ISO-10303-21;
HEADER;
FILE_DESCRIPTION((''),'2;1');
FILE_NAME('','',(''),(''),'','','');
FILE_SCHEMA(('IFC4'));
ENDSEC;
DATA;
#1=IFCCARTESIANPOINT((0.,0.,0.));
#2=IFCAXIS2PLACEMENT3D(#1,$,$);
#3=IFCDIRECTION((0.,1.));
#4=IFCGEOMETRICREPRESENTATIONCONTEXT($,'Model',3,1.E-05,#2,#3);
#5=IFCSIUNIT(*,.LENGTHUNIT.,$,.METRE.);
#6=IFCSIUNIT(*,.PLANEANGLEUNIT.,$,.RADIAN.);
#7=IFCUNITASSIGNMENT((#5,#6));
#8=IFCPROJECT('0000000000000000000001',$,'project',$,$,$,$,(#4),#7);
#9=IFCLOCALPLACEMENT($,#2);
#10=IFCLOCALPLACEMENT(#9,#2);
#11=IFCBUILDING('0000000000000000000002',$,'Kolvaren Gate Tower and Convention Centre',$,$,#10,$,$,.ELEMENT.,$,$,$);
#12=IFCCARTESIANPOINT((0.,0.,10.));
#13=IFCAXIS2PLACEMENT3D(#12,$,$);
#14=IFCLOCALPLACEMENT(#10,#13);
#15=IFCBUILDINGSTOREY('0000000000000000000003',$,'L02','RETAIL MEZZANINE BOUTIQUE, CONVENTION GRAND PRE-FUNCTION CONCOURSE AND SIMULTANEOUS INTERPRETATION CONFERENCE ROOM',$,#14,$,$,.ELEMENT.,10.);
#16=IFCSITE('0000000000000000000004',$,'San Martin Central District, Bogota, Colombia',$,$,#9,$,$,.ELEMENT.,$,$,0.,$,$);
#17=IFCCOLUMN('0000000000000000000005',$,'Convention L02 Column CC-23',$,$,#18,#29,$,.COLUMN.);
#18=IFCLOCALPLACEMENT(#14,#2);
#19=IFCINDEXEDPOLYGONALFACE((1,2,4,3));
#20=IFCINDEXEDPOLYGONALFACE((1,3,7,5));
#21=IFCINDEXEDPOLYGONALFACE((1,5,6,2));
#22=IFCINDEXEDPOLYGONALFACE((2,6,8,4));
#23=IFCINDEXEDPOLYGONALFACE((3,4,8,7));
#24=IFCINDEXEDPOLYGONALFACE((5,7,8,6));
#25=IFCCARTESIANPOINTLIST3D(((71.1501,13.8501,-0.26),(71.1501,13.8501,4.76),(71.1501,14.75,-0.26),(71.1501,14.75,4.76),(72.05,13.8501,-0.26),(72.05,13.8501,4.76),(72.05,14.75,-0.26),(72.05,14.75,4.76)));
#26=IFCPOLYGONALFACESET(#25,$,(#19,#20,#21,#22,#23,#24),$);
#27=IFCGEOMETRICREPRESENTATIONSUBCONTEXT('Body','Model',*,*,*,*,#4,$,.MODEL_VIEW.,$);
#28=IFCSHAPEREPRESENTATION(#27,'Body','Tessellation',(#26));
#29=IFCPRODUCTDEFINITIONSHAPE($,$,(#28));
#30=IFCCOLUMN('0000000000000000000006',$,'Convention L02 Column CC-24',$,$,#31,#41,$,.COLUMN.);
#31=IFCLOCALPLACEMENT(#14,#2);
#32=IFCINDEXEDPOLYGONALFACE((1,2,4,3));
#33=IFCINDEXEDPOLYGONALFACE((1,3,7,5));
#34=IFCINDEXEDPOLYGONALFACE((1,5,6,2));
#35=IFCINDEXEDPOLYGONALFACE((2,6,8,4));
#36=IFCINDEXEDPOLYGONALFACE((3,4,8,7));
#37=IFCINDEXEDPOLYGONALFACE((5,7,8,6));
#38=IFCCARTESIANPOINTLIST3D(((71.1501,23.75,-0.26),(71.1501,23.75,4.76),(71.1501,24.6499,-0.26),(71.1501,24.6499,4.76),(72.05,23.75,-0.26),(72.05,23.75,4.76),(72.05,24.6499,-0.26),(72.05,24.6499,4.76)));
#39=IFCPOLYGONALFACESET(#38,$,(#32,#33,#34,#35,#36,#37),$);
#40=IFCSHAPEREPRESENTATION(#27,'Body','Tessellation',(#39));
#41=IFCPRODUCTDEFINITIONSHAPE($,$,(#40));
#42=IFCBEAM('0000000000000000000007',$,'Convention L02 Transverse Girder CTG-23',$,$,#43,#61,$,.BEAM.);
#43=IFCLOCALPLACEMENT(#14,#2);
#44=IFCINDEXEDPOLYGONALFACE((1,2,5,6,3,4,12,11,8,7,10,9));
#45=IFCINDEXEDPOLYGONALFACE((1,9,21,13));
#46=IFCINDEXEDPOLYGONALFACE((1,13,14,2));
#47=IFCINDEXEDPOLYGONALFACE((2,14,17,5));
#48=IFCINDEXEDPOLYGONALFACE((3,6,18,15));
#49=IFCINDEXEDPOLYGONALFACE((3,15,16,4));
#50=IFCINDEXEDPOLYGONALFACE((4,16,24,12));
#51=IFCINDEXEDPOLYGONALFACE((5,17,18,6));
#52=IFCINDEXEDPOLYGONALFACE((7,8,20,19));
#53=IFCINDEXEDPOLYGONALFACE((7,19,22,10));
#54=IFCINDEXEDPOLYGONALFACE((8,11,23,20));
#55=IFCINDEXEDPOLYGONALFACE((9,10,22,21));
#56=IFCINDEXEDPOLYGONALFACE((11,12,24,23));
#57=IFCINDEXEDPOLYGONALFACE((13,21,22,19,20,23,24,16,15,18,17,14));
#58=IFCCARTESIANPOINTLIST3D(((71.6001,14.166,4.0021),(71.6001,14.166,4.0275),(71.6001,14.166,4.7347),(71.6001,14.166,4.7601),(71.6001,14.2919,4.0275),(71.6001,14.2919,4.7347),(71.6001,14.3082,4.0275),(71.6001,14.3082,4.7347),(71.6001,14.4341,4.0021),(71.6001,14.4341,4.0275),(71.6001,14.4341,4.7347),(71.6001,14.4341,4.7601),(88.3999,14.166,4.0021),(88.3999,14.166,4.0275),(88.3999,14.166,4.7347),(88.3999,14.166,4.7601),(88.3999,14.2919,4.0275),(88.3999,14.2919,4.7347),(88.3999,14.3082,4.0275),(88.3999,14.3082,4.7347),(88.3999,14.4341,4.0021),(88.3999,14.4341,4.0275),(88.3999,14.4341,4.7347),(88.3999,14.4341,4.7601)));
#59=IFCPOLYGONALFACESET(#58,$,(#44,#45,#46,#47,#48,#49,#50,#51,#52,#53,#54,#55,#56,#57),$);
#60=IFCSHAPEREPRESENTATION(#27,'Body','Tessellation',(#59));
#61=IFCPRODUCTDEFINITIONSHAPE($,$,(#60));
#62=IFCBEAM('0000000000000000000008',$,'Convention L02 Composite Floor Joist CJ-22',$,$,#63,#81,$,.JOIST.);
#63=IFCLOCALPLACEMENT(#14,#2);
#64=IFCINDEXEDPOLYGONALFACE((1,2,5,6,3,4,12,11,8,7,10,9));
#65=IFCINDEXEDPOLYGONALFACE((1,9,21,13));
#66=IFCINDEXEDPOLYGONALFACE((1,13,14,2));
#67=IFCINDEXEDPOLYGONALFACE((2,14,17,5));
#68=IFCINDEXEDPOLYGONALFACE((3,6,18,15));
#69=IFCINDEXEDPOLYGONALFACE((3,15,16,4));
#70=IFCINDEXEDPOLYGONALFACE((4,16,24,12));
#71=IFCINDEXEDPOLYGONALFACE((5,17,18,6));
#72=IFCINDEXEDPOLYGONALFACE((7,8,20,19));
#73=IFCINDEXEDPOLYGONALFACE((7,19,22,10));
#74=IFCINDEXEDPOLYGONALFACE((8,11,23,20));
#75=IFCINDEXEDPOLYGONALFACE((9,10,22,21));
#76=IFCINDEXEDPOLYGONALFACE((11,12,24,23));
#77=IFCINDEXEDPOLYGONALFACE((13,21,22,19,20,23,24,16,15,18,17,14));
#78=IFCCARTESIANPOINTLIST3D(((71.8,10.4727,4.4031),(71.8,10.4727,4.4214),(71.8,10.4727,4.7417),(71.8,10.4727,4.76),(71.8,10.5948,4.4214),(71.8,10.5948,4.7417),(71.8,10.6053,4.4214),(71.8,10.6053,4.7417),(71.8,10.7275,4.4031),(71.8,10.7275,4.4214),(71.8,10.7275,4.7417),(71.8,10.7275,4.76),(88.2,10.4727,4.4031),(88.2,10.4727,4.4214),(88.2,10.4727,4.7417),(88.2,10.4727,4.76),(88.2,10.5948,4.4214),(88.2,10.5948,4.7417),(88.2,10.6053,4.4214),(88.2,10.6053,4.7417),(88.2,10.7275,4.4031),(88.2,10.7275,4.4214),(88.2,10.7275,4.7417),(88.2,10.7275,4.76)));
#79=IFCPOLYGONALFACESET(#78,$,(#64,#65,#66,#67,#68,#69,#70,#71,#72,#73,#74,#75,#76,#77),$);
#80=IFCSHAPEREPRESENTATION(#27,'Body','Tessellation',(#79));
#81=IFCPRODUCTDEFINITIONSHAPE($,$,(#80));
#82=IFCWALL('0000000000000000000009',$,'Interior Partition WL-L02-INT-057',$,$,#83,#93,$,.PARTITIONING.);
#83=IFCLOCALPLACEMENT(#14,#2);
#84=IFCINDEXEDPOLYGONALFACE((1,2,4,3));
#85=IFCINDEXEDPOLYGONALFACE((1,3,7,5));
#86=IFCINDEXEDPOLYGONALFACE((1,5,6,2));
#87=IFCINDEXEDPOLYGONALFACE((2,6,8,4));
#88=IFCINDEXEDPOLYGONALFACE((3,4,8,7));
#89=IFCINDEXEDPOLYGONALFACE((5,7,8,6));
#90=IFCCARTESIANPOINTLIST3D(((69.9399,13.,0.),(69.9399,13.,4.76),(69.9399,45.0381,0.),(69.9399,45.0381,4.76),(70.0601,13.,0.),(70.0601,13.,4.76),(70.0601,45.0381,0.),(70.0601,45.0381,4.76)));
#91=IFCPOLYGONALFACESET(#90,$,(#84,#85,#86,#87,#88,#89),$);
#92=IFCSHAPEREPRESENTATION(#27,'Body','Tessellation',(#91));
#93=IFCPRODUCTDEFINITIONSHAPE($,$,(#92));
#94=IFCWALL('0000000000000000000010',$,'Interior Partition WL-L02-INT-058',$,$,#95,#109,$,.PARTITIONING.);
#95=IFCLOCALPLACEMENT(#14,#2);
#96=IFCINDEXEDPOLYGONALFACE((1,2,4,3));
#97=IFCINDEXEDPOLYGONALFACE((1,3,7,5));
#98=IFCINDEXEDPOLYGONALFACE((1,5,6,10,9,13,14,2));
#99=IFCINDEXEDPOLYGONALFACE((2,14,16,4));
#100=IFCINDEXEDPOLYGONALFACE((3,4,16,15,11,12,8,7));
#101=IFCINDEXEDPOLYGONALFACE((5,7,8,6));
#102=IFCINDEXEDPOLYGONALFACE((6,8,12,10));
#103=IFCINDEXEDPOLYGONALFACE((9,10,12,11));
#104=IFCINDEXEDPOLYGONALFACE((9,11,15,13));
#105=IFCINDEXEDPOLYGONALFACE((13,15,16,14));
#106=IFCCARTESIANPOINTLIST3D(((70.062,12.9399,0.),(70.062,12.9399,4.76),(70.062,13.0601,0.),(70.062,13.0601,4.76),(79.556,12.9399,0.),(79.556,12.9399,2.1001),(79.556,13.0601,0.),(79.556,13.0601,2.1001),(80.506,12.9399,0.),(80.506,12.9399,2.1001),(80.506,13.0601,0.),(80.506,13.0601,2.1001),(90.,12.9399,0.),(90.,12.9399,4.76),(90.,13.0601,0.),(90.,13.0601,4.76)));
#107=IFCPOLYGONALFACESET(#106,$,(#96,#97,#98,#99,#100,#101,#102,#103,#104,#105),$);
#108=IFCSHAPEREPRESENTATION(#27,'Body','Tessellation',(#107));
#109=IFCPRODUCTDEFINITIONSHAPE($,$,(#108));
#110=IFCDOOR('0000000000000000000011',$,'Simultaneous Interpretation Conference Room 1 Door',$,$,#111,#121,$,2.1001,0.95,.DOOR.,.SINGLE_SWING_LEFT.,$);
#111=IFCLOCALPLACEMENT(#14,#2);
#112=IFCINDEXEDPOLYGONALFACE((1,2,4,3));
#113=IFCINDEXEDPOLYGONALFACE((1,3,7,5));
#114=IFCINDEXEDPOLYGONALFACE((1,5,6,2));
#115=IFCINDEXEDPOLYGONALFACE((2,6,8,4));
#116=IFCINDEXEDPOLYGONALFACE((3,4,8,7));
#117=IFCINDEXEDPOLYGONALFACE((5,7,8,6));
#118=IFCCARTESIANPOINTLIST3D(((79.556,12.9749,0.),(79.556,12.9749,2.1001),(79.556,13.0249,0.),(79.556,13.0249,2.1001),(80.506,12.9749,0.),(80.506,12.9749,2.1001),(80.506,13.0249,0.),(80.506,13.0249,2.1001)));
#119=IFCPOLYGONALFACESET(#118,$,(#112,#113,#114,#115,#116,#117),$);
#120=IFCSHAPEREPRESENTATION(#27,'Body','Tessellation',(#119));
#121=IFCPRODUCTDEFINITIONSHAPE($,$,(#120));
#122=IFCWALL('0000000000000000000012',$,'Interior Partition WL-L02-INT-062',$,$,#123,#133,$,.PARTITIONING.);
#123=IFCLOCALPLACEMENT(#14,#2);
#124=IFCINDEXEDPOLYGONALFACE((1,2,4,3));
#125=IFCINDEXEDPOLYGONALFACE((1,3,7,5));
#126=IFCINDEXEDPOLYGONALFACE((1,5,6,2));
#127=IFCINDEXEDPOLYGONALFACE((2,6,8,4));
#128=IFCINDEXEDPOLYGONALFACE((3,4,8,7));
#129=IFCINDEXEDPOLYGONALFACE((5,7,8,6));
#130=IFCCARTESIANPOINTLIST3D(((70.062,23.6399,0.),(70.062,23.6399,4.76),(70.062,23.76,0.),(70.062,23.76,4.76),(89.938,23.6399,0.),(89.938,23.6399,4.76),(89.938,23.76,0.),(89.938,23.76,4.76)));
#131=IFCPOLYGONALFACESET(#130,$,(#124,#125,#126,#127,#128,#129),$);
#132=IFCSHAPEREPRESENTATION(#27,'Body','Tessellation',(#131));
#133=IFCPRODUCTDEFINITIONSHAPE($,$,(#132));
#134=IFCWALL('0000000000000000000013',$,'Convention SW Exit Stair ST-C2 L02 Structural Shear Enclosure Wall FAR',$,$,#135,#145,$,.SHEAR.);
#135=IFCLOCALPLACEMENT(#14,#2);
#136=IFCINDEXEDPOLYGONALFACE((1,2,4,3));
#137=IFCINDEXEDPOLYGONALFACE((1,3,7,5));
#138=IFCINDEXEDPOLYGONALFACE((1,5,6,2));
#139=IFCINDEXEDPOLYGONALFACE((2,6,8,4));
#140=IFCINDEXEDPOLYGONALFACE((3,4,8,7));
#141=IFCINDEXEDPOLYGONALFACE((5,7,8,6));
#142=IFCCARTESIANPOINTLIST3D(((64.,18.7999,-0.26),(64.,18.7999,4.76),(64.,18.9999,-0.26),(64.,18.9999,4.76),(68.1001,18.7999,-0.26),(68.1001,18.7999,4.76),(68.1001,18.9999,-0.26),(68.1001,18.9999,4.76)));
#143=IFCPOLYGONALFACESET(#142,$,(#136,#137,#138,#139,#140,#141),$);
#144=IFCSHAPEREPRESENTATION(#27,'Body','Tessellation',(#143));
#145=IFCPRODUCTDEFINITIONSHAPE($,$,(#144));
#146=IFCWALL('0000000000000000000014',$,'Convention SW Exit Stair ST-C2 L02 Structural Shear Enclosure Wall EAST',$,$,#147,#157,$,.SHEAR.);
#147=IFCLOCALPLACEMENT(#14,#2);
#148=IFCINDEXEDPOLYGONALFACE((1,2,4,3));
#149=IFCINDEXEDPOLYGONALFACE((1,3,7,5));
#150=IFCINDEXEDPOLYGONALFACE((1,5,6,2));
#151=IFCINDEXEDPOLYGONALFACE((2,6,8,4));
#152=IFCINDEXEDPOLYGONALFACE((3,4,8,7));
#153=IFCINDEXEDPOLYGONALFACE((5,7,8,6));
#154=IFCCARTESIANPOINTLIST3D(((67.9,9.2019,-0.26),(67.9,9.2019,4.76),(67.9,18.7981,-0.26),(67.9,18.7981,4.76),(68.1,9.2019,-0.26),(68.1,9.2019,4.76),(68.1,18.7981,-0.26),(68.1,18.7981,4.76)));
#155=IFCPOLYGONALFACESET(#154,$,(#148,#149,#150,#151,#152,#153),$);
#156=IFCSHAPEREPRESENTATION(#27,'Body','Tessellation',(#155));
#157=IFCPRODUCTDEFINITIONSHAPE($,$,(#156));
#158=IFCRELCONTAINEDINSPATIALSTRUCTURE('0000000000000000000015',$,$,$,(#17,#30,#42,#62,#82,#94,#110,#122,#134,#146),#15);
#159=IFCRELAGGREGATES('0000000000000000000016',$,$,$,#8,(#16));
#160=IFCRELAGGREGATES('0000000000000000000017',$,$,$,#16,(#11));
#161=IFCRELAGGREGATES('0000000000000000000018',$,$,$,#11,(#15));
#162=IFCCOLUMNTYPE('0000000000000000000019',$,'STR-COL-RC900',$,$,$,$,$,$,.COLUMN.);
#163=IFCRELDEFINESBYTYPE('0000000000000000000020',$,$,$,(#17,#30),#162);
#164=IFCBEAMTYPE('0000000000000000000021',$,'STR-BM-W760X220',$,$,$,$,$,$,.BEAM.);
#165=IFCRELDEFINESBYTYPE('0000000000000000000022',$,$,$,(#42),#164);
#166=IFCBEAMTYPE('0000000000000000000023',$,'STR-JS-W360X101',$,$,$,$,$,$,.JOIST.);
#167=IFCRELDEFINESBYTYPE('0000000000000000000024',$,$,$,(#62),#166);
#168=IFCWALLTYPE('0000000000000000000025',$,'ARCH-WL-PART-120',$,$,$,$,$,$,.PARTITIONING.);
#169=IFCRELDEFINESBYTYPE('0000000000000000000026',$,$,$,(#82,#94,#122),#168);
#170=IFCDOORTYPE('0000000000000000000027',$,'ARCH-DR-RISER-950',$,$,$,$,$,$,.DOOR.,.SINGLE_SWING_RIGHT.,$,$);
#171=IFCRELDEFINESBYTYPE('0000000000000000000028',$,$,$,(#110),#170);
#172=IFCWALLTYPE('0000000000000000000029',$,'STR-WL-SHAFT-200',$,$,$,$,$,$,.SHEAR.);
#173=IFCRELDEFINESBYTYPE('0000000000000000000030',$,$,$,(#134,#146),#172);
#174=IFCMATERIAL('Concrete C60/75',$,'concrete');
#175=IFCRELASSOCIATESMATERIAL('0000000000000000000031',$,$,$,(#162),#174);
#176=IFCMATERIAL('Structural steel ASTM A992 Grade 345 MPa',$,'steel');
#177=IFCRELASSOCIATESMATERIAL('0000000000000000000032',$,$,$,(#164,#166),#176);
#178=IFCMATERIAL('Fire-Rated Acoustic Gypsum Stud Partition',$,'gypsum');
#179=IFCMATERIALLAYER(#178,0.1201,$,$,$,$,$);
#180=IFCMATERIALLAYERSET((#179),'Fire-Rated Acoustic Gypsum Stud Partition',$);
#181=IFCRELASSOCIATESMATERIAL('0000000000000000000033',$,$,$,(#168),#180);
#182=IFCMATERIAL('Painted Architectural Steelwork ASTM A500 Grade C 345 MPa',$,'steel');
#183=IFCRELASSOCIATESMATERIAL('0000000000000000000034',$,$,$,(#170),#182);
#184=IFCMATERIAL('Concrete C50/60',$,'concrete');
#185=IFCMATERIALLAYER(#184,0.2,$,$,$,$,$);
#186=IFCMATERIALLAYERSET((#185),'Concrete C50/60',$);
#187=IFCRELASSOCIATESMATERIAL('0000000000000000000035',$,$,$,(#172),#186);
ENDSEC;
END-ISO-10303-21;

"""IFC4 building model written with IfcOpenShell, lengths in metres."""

from ifc_helpers import new_model, si_unit, direction, frame, frame_2d, origin, origin_2d, place, context, subcontext, project, spatial, rectangle, i_section, extrude, material, layer, layer_set, material_profile, profile_set, type_object, element, fill, save


model = new_model("IFC4")

# Units and contexts
model_context = context("Model", 3, precision=1e-05, world=origin(), true_north=direction((0.0, 1.0)))
body_context = subcontext(model_context, "Body", "Model", "MODEL_VIEW")
ifc_project = project(units=[si_unit("LENGTHUNIT", "METRE"), si_unit("PLANEANGLEUNIT", "RADIAN")], contexts=[model_context])

# Site, building, storey
site_placement = place(None, origin())
site = spatial("IfcSite", under=ifc_project, at=site_placement, Name="San Martin Central District, Bogota, Colombia", CompositionType="ELEMENT", RefElevation=0.0)
building_placement = place(site_placement, origin())
building = spatial("IfcBuilding", under=site, at=building_placement, Name="Kolvaren Gate Tower and Convention Centre", CompositionType="ELEMENT")
storey_placement = place(building_placement, frame((0.0, 0.0, 10.0)))
storey = spatial("IfcBuildingStorey", under=building, at=storey_placement, Name="L02", Description="RETAIL MEZZANINE BOUTIQUE, CONVENTION GRAND PRE-FUNCTION CONCOURSE AND SIMULTANEOUS INTERPRETATION CONFERENCE ROOM", CompositionType="ELEMENT", Elevation=10.0)

# Columns
ifc_material_1 = material(Name="Concrete C60/75", Category="concrete")
ifc_material_profile_1 = material_profile(ifc_material_1, rectangle(XDim=0.8999, YDim=0.8999, at=origin_2d()), Name="RC-COL-900X900")
ifc_profile_set_1 = profile_set([ifc_material_profile_1], Name="Concrete C60/75")
column_type = type_object("IfcColumnType", Name="STR-COL-RC900", PredefinedType="COLUMN", material=ifc_profile_set_1)
for number, where, z_axis, x_axis, name in (
    (1, (71.6001, 14.3, -0.26), (0.0, 0.0, 1.0), (1.0, 0.0, 0.0), "Convention L02 Column CC-23"),
    (2, (71.6001, 24.2, -0.26), (0.0, 0.0, 1.0), (1.0, 0.0, 0.0), "Convention L02 Column CC-24"),
):
    element("IfcColumn", number, at=place(storey_placement, frame(where, z_axis=z_axis, x_axis=x_axis)), inside=storey, type_object=column_type, Name=name, PredefinedType="COLUMN", context=body_context, shape_type="SweptSolid", body=[
        extrude(rectangle(XDim=0.8999, YDim=0.8999, at=origin_2d()), origin(), (0.0, 0.0, 1.0), 5.02),
    ])

# Beams
ifc_material_2 = material(Name="Structural steel ASTM A992 Grade 345 MPa", Category="steel")
ifc_material_profile_2 = material_profile(ifc_material_2, i_section(OverallWidth=0.2681, OverallDepth=0.7581, WebThickness=0.0164, FlangeThickness=0.0254, at=origin_2d()), Name="W760X220")
ifc_profile_set_2 = profile_set([ifc_material_profile_2], Name="Structural steel ASTM A992 Grade 345 MPa")
beam_type_1 = type_object("IfcBeamType", Name="STR-BM-W760X220", PredefinedType="BEAM", material=ifc_profile_set_2)
beam_1_placement = place(storey_placement, frame((71.6001, 14.3, 4.3811), z_axis=(1.0, 0.0, 0.0), x_axis=(0.0, 1.0, 0.0)))
element("IfcBeam", 3, at=beam_1_placement, inside=storey, type_object=beam_type_1, Name="Convention L02 Transverse Girder CTG-23", PredefinedType="BEAM", context=body_context, shape_type="SweptSolid", body=[
    extrude(i_section(OverallWidth=0.2681, OverallDepth=0.7581, WebThickness=0.0164, FlangeThickness=0.0254, at=origin_2d()), origin(), (0.0, 0.0, 1.0), 16.7998),
])
ifc_material_profile_3 = material_profile(ifc_material_2, i_section(OverallWidth=0.2549, OverallDepth=0.3569, WebThickness=0.0105, FlangeThickness=0.0183, at=origin_2d()), Name="W360X101")
ifc_profile_set_3 = profile_set([ifc_material_profile_3], Name="Structural steel ASTM A992 Grade 345 MPa")
beam_type_2 = type_object("IfcBeamType", Name="STR-JS-W360X101", PredefinedType="JOIST", material=ifc_profile_set_3)
beam_2_placement = place(storey_placement, frame((71.8, 10.6001, 4.5815), z_axis=(1.0, 0.0, 0.0), x_axis=(0.0, 1.0, 0.0)))
element("IfcBeam", 4, at=beam_2_placement, inside=storey, type_object=beam_type_2, Name="Convention L02 Composite Floor Joist CJ-22", PredefinedType="JOIST", context=body_context, shape_type="SweptSolid", body=[
    extrude(i_section(OverallWidth=0.2549, OverallDepth=0.3569, WebThickness=0.0105, FlangeThickness=0.0183, at=origin_2d()), origin(), (0.0, 0.0, 1.0), 16.3999),
])

# Wall
ifc_material_3 = material(Name="Fire-Rated Acoustic Gypsum Stud Partition", Category="gypsum")
ifc_layer_1 = layer(ifc_material_3, 0.1201)
ifc_layer_set_1 = layer_set([ifc_layer_1], Name="Fire-Rated Acoustic Gypsum Stud Partition")
wall_type_1 = type_object("IfcWallType", Name="ARCH-WL-PART-120", PredefinedType="PARTITIONING", material=ifc_layer_set_1)
wall_1_placement = place(storey_placement, frame((70.0, 13.0, 0.0), z_axis=(0.0, 0.0, 1.0), x_axis=(0.0, 1.0, 0.0)))
element("IfcWall", 5, at=wall_1_placement, inside=storey, type_object=wall_type_1, Name="Interior Partition WL-L02-INT-057", PredefinedType="PARTITIONING", context=body_context, shape_type="SweptSolid", body=[
    extrude(rectangle(XDim=32.0381, YDim=0.1201, at=frame_2d((16.019, 0.0))), origin(), (0.0, 0.0, 1.0), 4.76),
])

# Wall, opening, door
wall_2_placement = place(storey_placement, frame((70.062, 13.0, 0.0), z_axis=(0.0, 0.0, 1.0), x_axis=(1.0, 0.0, 0.0)))
wall_2 = element("IfcWall", 6, at=wall_2_placement, inside=storey, type_object=wall_type_1, Name="Interior Partition WL-L02-INT-058", PredefinedType="PARTITIONING", context=body_context, shape_type="SweptSolid", body=[
    extrude(rectangle(XDim=19.938, YDim=0.1201, at=frame_2d((9.969, 0.0))), origin(), (0.0, 0.0, 1.0), 4.76),
])
opening_1_placement = place(wall_2_placement, frame((9.4939, 0.0, 0.0)))
opening_1 = element("IfcOpeningElement", 7, at=opening_1_placement, cuts=wall_2, PredefinedType="OPENING", context=body_context, shape_type="SweptSolid", body=[
    extrude(rectangle(XDim=0.95, YDim=2.1001, at=frame_2d((0.4751, 1.05))), frame((0.0, 0.0701, 0.0), z_axis=(0.0, -1.0, 0.0), x_axis=(1.0, 0.0, 0.0)), (0.0, 0.0, 1.0), 0.1401),
])
ifc_material_4 = material(Name="Painted Architectural Steelwork ASTM A500 Grade C 345 MPa", Category="steel")
door_type_1 = type_object("IfcDoorType", Name="ARCH-DR-RISER-950", OperationType="SINGLE_SWING_RIGHT", PredefinedType="DOOR", material=ifc_material_4)
door_1_placement = place(opening_1_placement, origin())
door_1 = element("IfcDoor", 8, at=door_1_placement, inside=storey, type_object=door_type_1, Name="Simultaneous Interpretation Conference Room 1 Door", OperationType="SINGLE_SWING_LEFT", OverallHeight=2.1001, OverallWidth=0.95, PredefinedType="DOOR", context=body_context, shape_type="SweptSolid", body=[
    extrude(rectangle(XDim=0.95, YDim=2.1001, at=frame_2d((0.4751, 1.05))), frame((0.0, 0.0249, 0.0), z_axis=(0.0, -1.0, 0.0), x_axis=(1.0, 0.0, 0.0)), (0.0, 0.0, 1.0), 0.05),
])
fill(opening_1, door_1)

# Walls
wall_3_placement = place(storey_placement, frame((70.062, 23.7, 0.0), z_axis=(0.0, 0.0, 1.0), x_axis=(1.0, 0.0, 0.0)))
element("IfcWall", 9, at=wall_3_placement, inside=storey, type_object=wall_type_1, Name="Interior Partition WL-L02-INT-062", PredefinedType="PARTITIONING", context=body_context, shape_type="SweptSolid", body=[
    extrude(rectangle(XDim=19.876, YDim=0.1201, at=frame_2d((9.938, 0.0))), origin(), (0.0, 0.0, 1.0), 4.76),
])
ifc_material_5 = material(Name="Concrete C50/60", Category="concrete")
ifc_layer_2 = layer(ifc_material_5, 0.2)
ifc_layer_set_2 = layer_set([ifc_layer_2], Name="Concrete C50/60")
wall_type_2 = type_object("IfcWallType", Name="STR-WL-SHAFT-200", PredefinedType="SHEAR", material=ifc_layer_set_2)
wall_4_placement = place(storey_placement, frame((64.0, 18.8999, -0.26), z_axis=(0.0, 0.0, 1.0), x_axis=(1.0, 0.0, 0.0)))
element("IfcWall", 10, at=wall_4_placement, inside=storey, type_object=wall_type_2, Name="Convention SW Exit Stair ST-C2 L02 Structural Shear Enclosure Wall FAR", PredefinedType="SHEAR", context=body_context, shape_type="SweptSolid", body=[
    extrude(rectangle(XDim=4.1001, YDim=0.2, at=frame_2d((2.05, 0.0))), origin(), (0.0, 0.0, 1.0), 5.02),
])
wall_5_placement = place(storey_placement, frame((68.0, 9.2019, -0.26), z_axis=(0.0, 0.0, 1.0), x_axis=(0.0, 1.0, 0.0)))
element("IfcWall", 11, at=wall_5_placement, inside=storey, type_object=wall_type_2, Name="Convention SW Exit Stair ST-C2 L02 Structural Shear Enclosure Wall EAST", PredefinedType="SHEAR", context=body_context, shape_type="SweptSolid", body=[
    extrude(rectangle(XDim=9.5962, YDim=0.2, at=frame_2d((4.7981, 0.0))), origin(), (0.0, 0.0, 1.0), 5.02),
])

save(model, "model.ifc")
